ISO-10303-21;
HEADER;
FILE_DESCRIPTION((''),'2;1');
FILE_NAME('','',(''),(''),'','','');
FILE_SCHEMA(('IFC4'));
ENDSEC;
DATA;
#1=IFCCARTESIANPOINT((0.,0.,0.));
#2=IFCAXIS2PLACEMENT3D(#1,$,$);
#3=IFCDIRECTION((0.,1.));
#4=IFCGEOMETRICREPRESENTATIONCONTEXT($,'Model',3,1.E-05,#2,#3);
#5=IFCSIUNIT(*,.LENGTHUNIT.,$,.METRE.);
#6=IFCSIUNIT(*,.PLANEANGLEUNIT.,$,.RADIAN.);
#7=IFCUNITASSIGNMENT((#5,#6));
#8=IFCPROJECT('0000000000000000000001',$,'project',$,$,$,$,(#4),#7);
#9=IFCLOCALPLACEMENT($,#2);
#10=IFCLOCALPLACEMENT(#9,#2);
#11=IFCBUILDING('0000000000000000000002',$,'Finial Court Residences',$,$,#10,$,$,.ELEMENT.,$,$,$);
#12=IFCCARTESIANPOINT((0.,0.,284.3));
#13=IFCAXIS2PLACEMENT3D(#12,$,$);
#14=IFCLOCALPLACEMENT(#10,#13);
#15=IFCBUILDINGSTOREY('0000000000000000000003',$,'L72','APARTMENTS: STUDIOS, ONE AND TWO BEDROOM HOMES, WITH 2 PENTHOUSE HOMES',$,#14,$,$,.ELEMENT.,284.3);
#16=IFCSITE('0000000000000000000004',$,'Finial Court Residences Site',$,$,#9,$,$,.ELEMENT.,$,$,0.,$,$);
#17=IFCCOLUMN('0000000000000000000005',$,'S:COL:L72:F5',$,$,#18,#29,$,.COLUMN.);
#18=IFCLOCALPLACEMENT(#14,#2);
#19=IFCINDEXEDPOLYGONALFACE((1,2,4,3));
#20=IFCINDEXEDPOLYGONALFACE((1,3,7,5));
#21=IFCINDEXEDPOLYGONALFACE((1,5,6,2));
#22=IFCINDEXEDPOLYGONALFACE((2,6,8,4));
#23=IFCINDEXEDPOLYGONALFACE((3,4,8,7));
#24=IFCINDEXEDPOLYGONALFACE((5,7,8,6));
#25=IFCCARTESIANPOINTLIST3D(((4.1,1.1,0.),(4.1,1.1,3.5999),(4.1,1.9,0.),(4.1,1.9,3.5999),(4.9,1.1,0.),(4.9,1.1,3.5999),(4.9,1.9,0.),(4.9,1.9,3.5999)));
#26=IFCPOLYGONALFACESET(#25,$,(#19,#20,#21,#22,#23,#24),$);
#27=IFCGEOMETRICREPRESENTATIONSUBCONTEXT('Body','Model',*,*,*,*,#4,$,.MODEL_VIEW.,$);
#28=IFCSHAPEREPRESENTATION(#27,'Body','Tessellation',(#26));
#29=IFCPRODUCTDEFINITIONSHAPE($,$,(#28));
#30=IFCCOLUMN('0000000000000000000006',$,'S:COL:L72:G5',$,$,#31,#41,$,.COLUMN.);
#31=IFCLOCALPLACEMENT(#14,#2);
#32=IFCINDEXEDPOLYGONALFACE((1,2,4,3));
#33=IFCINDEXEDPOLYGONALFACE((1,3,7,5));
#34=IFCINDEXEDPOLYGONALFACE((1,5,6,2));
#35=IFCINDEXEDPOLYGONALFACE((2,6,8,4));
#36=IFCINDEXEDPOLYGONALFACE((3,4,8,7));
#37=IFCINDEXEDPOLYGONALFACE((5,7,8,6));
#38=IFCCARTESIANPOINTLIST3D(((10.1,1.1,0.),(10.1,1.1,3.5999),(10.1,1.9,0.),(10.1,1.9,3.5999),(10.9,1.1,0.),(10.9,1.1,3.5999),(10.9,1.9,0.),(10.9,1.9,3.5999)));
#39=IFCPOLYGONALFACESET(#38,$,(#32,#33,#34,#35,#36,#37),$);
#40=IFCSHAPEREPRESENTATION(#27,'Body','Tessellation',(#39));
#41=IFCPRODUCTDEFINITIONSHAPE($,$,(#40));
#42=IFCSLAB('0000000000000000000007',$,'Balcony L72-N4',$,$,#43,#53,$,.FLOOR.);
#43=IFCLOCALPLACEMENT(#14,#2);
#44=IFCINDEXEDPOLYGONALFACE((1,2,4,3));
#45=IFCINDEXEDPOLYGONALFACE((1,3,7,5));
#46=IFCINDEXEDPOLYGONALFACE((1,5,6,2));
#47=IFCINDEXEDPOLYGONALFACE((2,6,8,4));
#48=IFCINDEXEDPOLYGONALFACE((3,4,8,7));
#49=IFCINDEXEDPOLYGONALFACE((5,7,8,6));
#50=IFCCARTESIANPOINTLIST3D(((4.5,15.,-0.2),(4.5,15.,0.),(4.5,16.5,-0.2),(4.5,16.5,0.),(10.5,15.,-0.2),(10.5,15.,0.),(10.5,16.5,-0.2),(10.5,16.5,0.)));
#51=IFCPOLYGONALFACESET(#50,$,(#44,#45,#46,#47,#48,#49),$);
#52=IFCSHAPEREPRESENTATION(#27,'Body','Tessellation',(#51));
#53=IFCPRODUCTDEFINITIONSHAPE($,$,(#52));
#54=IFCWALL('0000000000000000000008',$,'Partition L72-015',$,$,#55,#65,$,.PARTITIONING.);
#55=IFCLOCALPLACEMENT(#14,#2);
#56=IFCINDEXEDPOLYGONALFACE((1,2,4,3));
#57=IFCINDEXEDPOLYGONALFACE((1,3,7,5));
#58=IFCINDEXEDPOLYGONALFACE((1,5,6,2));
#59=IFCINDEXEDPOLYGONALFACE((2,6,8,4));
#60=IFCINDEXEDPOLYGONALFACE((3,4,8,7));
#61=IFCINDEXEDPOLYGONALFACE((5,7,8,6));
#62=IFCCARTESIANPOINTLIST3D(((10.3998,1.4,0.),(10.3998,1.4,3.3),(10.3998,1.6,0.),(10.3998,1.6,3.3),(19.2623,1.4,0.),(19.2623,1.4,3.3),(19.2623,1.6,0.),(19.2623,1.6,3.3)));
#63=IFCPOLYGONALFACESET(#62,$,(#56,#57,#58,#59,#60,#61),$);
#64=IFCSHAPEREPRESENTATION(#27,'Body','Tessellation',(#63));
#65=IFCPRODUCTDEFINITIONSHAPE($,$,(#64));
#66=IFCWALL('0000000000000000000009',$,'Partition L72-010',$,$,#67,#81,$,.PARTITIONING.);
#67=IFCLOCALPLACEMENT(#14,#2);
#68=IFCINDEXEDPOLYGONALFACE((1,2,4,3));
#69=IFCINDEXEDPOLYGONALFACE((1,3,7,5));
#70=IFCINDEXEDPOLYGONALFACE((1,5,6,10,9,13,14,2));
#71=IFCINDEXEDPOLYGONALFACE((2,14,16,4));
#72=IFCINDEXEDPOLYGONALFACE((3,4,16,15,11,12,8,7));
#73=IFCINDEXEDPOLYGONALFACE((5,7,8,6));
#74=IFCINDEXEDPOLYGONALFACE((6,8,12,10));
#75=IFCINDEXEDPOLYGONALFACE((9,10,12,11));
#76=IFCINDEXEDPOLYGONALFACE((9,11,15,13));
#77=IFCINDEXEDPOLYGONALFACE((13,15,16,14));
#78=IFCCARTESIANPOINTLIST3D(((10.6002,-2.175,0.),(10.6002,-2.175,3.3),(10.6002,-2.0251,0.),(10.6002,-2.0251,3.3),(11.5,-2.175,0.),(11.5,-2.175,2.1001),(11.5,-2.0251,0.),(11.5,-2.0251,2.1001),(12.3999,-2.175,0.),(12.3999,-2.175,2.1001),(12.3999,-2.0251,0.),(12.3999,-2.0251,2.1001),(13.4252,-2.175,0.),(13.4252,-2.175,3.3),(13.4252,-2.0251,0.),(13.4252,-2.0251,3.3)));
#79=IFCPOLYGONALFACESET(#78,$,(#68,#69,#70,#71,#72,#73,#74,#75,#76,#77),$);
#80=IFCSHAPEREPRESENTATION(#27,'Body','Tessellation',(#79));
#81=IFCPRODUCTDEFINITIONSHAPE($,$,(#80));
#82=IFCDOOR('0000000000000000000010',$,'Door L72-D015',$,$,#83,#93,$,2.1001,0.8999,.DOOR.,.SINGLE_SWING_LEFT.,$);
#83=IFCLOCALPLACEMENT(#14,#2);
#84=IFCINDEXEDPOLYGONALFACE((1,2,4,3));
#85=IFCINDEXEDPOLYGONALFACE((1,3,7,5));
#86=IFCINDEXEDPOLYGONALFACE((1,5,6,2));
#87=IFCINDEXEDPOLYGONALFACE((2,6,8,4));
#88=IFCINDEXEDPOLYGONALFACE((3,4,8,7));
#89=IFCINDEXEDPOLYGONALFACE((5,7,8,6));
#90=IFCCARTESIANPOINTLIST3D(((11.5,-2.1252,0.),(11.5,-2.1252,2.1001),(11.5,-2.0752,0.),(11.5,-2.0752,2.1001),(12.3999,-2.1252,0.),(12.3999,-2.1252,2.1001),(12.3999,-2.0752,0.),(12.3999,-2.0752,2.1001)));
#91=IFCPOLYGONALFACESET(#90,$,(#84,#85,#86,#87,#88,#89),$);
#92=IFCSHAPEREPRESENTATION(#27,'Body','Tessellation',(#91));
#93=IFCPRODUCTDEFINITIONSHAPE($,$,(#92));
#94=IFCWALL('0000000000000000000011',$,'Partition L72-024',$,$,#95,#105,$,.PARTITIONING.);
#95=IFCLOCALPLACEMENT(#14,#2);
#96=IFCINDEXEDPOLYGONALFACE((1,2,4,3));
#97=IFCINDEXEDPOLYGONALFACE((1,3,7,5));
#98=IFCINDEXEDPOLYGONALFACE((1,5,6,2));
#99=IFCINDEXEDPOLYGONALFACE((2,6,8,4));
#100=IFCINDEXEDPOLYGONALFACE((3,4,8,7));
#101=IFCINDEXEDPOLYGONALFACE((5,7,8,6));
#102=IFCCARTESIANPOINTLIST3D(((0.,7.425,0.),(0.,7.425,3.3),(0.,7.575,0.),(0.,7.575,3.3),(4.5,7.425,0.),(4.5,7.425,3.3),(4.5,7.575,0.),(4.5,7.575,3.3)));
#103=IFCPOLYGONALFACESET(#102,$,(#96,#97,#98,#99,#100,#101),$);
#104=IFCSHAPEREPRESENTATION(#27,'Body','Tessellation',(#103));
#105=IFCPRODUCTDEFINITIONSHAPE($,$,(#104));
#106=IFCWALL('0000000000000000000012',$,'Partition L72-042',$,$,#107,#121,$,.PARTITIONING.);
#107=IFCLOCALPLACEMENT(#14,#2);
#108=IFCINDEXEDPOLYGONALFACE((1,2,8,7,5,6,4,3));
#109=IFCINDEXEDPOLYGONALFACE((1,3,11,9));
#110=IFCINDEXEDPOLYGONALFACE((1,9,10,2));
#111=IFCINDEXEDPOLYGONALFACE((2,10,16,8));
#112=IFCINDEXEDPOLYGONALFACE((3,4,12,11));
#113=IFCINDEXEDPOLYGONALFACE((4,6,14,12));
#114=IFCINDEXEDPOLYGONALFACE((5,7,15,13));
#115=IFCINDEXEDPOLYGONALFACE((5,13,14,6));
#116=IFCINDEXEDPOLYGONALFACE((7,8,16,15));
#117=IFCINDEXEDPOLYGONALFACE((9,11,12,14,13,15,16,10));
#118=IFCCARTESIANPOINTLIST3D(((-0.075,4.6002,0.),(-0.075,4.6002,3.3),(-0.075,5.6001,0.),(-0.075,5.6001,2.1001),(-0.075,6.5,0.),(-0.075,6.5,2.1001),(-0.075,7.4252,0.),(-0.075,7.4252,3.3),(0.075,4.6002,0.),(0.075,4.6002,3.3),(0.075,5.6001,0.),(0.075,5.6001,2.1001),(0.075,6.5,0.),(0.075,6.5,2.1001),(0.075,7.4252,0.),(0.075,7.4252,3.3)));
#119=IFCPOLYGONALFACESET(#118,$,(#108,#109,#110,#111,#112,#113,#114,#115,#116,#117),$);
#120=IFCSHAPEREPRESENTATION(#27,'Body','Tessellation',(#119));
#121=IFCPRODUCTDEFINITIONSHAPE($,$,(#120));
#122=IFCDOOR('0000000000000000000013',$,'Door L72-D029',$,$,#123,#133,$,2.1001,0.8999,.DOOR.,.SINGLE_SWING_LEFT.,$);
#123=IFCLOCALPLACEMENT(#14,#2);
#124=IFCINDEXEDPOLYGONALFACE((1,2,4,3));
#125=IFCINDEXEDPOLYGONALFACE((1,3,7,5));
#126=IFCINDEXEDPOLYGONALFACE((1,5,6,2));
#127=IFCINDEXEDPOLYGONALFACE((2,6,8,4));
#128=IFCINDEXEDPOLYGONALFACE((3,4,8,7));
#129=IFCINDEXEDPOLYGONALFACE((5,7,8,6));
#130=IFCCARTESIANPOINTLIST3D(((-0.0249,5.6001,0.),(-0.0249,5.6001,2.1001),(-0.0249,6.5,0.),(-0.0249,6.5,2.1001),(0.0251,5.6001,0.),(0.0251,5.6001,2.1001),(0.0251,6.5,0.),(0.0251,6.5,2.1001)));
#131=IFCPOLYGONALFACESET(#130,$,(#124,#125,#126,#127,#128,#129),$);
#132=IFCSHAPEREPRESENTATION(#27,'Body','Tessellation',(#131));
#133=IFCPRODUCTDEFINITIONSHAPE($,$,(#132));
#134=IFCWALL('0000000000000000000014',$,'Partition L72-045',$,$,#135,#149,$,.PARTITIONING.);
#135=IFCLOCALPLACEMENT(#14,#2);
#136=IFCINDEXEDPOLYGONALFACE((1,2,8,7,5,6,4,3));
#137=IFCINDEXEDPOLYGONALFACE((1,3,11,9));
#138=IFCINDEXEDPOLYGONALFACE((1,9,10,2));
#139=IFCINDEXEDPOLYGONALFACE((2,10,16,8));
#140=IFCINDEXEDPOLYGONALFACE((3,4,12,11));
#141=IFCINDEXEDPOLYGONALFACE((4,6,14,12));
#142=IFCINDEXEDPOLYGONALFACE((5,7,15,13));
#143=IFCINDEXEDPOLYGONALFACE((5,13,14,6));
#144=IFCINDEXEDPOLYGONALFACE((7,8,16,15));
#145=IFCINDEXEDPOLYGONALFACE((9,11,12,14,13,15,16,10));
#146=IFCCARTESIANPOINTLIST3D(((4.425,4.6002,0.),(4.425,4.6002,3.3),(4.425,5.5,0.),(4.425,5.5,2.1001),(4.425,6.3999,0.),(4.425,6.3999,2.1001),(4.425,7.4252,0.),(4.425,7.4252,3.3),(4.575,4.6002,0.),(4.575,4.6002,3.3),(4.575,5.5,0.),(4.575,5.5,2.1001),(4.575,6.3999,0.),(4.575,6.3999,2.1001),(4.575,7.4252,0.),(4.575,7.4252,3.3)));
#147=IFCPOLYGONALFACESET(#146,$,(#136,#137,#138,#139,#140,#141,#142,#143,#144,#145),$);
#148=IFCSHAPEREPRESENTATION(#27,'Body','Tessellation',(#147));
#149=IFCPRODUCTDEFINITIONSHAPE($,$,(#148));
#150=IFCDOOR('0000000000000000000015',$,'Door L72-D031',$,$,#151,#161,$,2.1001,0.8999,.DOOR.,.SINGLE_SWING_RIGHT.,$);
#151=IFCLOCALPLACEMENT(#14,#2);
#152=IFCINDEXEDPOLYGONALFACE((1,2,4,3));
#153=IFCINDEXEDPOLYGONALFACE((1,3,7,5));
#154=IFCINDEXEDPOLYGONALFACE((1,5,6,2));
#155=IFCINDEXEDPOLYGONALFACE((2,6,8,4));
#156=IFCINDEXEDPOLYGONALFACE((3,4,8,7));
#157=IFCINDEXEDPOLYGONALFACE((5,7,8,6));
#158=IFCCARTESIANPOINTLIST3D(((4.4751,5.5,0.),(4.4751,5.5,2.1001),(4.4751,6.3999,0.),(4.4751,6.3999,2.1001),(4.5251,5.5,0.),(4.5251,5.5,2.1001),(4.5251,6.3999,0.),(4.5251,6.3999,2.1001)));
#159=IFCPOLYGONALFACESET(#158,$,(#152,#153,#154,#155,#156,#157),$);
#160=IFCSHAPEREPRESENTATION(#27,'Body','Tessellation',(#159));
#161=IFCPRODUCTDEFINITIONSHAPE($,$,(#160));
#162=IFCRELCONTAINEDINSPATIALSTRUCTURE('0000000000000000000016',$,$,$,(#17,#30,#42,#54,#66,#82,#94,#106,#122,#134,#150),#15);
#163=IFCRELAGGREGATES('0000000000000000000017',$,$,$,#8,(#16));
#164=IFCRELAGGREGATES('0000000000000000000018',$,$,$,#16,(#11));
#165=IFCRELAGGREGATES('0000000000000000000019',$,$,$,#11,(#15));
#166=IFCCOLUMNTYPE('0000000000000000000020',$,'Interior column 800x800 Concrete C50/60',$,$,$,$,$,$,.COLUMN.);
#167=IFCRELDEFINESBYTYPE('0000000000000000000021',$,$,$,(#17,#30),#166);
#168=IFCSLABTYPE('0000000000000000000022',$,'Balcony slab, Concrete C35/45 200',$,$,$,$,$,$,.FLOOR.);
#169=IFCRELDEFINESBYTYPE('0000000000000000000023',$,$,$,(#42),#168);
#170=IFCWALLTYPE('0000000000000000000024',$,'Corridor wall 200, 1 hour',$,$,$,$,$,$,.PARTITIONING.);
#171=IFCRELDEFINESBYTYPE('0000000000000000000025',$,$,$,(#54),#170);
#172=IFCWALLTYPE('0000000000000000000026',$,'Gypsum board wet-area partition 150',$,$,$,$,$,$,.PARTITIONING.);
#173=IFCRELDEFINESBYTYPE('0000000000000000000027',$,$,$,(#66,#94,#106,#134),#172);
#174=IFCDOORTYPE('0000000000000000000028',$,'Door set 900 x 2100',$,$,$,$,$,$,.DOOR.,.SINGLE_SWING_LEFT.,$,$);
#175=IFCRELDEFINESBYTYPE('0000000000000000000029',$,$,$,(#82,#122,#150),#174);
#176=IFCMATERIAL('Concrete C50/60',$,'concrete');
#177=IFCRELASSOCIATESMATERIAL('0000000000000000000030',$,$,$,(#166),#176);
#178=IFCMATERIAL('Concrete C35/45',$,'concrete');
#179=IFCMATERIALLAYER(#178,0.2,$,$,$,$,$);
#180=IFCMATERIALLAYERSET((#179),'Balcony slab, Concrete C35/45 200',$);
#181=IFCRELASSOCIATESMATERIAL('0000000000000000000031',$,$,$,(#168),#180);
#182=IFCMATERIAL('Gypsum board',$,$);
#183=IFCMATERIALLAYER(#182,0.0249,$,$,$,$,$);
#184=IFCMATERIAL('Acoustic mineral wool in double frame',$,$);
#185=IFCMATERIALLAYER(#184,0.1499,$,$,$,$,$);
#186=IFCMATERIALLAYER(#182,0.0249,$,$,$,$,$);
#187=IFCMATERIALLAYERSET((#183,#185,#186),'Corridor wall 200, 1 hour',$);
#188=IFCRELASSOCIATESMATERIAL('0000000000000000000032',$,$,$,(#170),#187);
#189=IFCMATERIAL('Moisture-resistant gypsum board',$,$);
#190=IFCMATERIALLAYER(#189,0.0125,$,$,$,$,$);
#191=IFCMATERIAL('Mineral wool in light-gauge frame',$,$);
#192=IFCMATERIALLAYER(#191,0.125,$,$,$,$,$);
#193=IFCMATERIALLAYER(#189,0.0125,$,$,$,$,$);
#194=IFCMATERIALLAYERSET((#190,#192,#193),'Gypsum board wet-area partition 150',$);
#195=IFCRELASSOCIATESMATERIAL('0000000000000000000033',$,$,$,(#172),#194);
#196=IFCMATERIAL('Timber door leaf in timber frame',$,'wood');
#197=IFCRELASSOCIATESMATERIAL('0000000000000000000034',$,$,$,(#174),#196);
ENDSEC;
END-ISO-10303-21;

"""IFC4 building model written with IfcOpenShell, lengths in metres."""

from ifc_helpers import new_model, si_unit, direction, frame, frame_2d, origin, origin_2d, place, context, subcontext, project, spatial, polyline, rectangle, outline, extrude, material, layer, layer_set, material_profile, profile_set, type_object, element, fill, save


model = new_model("IFC4")

# Units and contexts
model_context = context("Model", 3, precision=1e-05, world=origin(), true_north=direction((0.0, 1.0)))
body_context = subcontext(model_context, "Body", "Model", "MODEL_VIEW")
ifc_project = project(units=[si_unit("LENGTHUNIT", "METRE"), si_unit("PLANEANGLEUNIT", "RADIAN")], contexts=[model_context])

# Site, building, storey
site_placement = place(None, origin())
site = spatial("IfcSite", under=ifc_project, at=site_placement, Name="Finial Court Residences Site", CompositionType="ELEMENT", RefElevation=0.0)
building_placement = place(site_placement, origin())
building = spatial("IfcBuilding", under=site, at=building_placement, Name="Finial Court Residences", CompositionType="ELEMENT")
storey_placement = place(building_placement, frame((0.0, 0.0, 284.3)))
storey = spatial("IfcBuildingStorey", under=building, at=storey_placement, Name="L72", Description="APARTMENTS: STUDIOS, ONE AND TWO BEDROOM HOMES, WITH 2 PENTHOUSE HOMES", CompositionType="ELEMENT", Elevation=284.3)

# Columns
ifc_material_1 = material(Name="Concrete C50/60", Category="concrete")
ifc_material_profile = material_profile(ifc_material_1, rectangle(XDim=0.8, YDim=0.8, at=origin_2d()), Name="800x800")
ifc_profile_set = profile_set([ifc_material_profile], Name="Concrete C50/60")
column_type = type_object("IfcColumnType", Name="Interior column 800x800 Concrete C50/60", PredefinedType="COLUMN", material=ifc_profile_set)
for number, where, z_axis, x_axis, name in (
    (1, (4.5, 1.5, 0.0), (0.0, 0.0, 1.0), (1.0, 0.0, 0.0), "S:COL:L72:F5"),
    (2, (10.5, 1.5, 0.0), (0.0, 0.0, 1.0), (1.0, 0.0, 0.0), "S:COL:L72:G5"),
):
    element("IfcColumn", number, at=place(storey_placement, frame(where, z_axis=z_axis, x_axis=x_axis)), inside=storey, type_object=column_type, Name=name, PredefinedType="COLUMN", context=body_context, shape_type="SweptSolid", body=[
        extrude(rectangle(XDim=0.8, YDim=0.8, at=origin_2d()), origin(), (0.0, 0.0, 1.0), 3.5999),
    ])

# Slab
ifc_material_2 = material(Name="Concrete C35/45", Category="concrete")
ifc_layer_1 = layer(ifc_material_2, 0.2)
ifc_layer_set_1 = layer_set([ifc_layer_1], Name="Balcony slab, Concrete C35/45 200")
slab_type = type_object("IfcSlabType", Name="Balcony slab, Concrete C35/45 200", PredefinedType="FLOOR", material=ifc_layer_set_1)
slab_placement = place(storey_placement, frame((0.0, 0.0, -0.2)))
element("IfcSlab", 3, at=slab_placement, inside=storey, type_object=slab_type, Name="Balcony L72-N4", PredefinedType="FLOOR", context=body_context, shape_type="SweptSolid", body=[
    extrude(outline(polyline([(10.5, 15.0), (10.5, 16.5), (4.5, 16.5), (4.5, 15.0), (10.5, 15.0)])), origin(), (0.0, 0.0, 1.0), 0.2),
])

# Wall
ifc_material_3 = material(Name="Gypsum board")
ifc_layer_2 = layer(ifc_material_3, 0.0249)
ifc_material_4 = material(Name="Acoustic mineral wool in double frame")
ifc_layer_3 = layer(ifc_material_4, 0.1499)
ifc_layer_4 = layer(ifc_material_3, 0.0249)
ifc_layer_set_2 = layer_set([ifc_layer_2, ifc_layer_3, ifc_layer_4], Name="Corridor wall 200, 1 hour")
wall_type_1 = type_object("IfcWallType", Name="Corridor wall 200, 1 hour", PredefinedType="PARTITIONING", material=ifc_layer_set_2)
wall_1_placement = place(storey_placement, frame((10.3999, 1.5, 0.0), z_axis=(0.0, 0.0, 1.0), x_axis=(1.0, 0.0, 0.0)))
element("IfcWall", 4, at=wall_1_placement, inside=storey, type_object=wall_type_1, Name="Partition L72-015", PredefinedType="PARTITIONING", context=body_context, shape_type="SweptSolid", body=[
    extrude(rectangle(XDim=8.8625, YDim=0.2, at=frame_2d((4.4312, 0.0))), origin(), (0.0, 0.0, 1.0), 3.3),
])

# Wall, opening, door
ifc_material_5 = material(Name="Moisture-resistant gypsum board")
ifc_layer_5 = layer(ifc_material_5, 0.0125)
ifc_material_6 = material(Name="Mineral wool in light-gauge frame")
ifc_layer_6 = layer(ifc_material_6, 0.125)
ifc_layer_7 = layer(ifc_material_5, 0.0125)
ifc_layer_set_3 = layer_set([ifc_layer_5, ifc_layer_6, ifc_layer_7], Name="Gypsum board wet-area partition 150")
wall_type_2 = type_object("IfcWallType", Name="Gypsum board wet-area partition 150", PredefinedType="PARTITIONING", material=ifc_layer_set_3)
wall_2_placement = place(storey_placement, frame((10.6001, -2.1001, 0.0), z_axis=(0.0, 0.0, 1.0), x_axis=(1.0, 0.0, 0.0)))
wall_2 = element("IfcWall", 5, at=wall_2_placement, inside=storey, type_object=wall_type_2, Name="Partition L72-010", PredefinedType="PARTITIONING", context=body_context, shape_type="SweptSolid", body=[
    extrude(rectangle(XDim=2.825, YDim=0.1499, at=frame_2d((1.4126, 0.0))), origin(), (0.0, 0.0, 1.0), 3.3),
])
opening_1_placement = place(wall_2_placement, frame((0.8999, 0.0, 0.0)))
opening_1 = element("IfcOpeningElement", 6, at=opening_1_placement, cuts=wall_2, PredefinedType="OPENING", context=body_context, shape_type="SweptSolid", body=[
    extrude(rectangle(XDim=0.8999, YDim=2.1001, at=frame_2d((0.45, 1.05))), frame((0.0, 0.085, 0.0), z_axis=(0.0, -1.0, 0.0), x_axis=(1.0, 0.0, 0.0)), (0.0, 0.0, 1.0), 0.1699),
])
ifc_material_7 = material(Name="Timber door leaf in timber frame", Category="wood")
door_type = type_object("IfcDoorType", Name="Door set 900 x 2100", OperationType="SINGLE_SWING_LEFT", PredefinedType="DOOR", material=ifc_material_7)
door_1_placement = place(opening_1_placement, origin())
door_1 = element("IfcDoor", 7, at=door_1_placement, inside=storey, type_object=door_type, Name="Door L72-D015", OperationType="SINGLE_SWING_LEFT", OverallHeight=2.1001, OverallWidth=0.8999, PredefinedType="DOOR", context=body_context, shape_type="SweptSolid", body=[
    extrude(rectangle(XDim=0.8999, YDim=2.1001, at=frame_2d((0.45, 1.05))), frame((0.0, 0.0249, 0.0), z_axis=(0.0, -1.0, 0.0), x_axis=(1.0, 0.0, 0.0)), (0.0, 0.0, 1.0), 0.05),
])
fill(opening_1, door_1)

# Wall
wall_3_placement = place(storey_placement, frame((0.0, 7.5, 0.0), z_axis=(0.0, 0.0, 1.0), x_axis=(1.0, 0.0, 0.0)))
element("IfcWall", 8, at=wall_3_placement, inside=storey, type_object=wall_type_2, Name="Partition L72-024", PredefinedType="PARTITIONING", context=body_context, shape_type="SweptSolid", body=[
    extrude(rectangle(XDim=4.5, YDim=0.1499, at=frame_2d((2.25, 0.0))), origin(), (0.0, 0.0, 1.0), 3.3),
])

# Walls, openings, doors
wall_4_placement = place(storey_placement, frame((0.0, 4.6001, 0.0), z_axis=(0.0, 0.0, 1.0), x_axis=(0.0, 1.0, 0.0)))
wall_4 = element("IfcWall", 9, at=wall_4_placement, inside=storey, type_object=wall_type_2, Name="Partition L72-042", PredefinedType="PARTITIONING", context=body_context, shape_type="SweptSolid", body=[
    extrude(rectangle(XDim=2.825, YDim=0.1499, at=frame_2d((1.4126, 0.0))), origin(), (0.0, 0.0, 1.0), 3.3),
])
opening_2_placement = place(wall_4_placement, frame((1.0, 0.0, 0.0)))
opening_2 = element("IfcOpeningElement", 10, at=opening_2_placement, cuts=wall_4, PredefinedType="OPENING", context=body_context, shape_type="SweptSolid", body=[
    extrude(rectangle(XDim=0.8999, YDim=2.1001, at=frame_2d((0.45, 1.05))), frame((0.0, 0.085, 0.0), z_axis=(0.0, -1.0, 0.0), x_axis=(1.0, 0.0, 0.0)), (0.0, 0.0, 1.0), 0.1699),
])
door_2_placement = place(opening_2_placement, origin())
door_2 = element("IfcDoor", 11, at=door_2_placement, inside=storey, type_object=door_type, Name="Door L72-D029", OperationType="SINGLE_SWING_LEFT", OverallHeight=2.1001, OverallWidth=0.8999, PredefinedType="DOOR", context=body_context, shape_type="SweptSolid", body=[
    extrude(rectangle(XDim=0.8999, YDim=2.1001, at=frame_2d((0.45, 1.05))), frame((0.0, 0.0249, 0.0), z_axis=(0.0, -1.0, 0.0), x_axis=(1.0, 0.0, 0.0)), (0.0, 0.0, 1.0), 0.05),
])
fill(opening_2, door_2)
wall_5_placement = place(storey_placement, frame((4.5, 4.6001, 0.0), z_axis=(0.0, 0.0, 1.0), x_axis=(0.0, 1.0, 0.0)))
wall_5 = element("IfcWall", 12, at=wall_5_placement, inside=storey, type_object=wall_type_2, Name="Partition L72-045", PredefinedType="PARTITIONING", context=body_context, shape_type="SweptSolid", body=[
    extrude(rectangle(XDim=2.825, YDim=0.1499, at=frame_2d((1.4126, 0.0))), origin(), (0.0, 0.0, 1.0), 3.3),
])
opening_3_placement = place(wall_5_placement, frame((0.8999, 0.0, 0.0)))
opening_3 = element("IfcOpeningElement", 13, at=opening_3_placement, cuts=wall_5, PredefinedType="OPENING", context=body_context, shape_type="SweptSolid", body=[
    extrude(rectangle(XDim=0.8999, YDim=2.1001, at=frame_2d((0.45, 1.05))), frame((0.0, 0.085, 0.0), z_axis=(0.0, -1.0, 0.0), x_axis=(1.0, 0.0, 0.0)), (0.0, 0.0, 1.0), 0.1699),
])
door_3_placement = place(opening_3_placement, origin())
door_3 = element("IfcDoor", 14, at=door_3_placement, inside=storey, type_object=door_type, Name="Door L72-D031", OperationType="SINGLE_SWING_RIGHT", OverallHeight=2.1001, OverallWidth=0.8999, PredefinedType="DOOR", context=body_context, shape_type="SweptSolid", body=[
    extrude(rectangle(XDim=0.8999, YDim=2.1001, at=frame_2d((0.45, 1.05))), frame((0.0, 0.0249, 0.0), z_axis=(0.0, -1.0, 0.0), x_axis=(1.0, 0.0, 0.0)), (0.0, 0.0, 1.0), 0.05),
])
fill(opening_3, door_3)

save(model, "model.ifc")
